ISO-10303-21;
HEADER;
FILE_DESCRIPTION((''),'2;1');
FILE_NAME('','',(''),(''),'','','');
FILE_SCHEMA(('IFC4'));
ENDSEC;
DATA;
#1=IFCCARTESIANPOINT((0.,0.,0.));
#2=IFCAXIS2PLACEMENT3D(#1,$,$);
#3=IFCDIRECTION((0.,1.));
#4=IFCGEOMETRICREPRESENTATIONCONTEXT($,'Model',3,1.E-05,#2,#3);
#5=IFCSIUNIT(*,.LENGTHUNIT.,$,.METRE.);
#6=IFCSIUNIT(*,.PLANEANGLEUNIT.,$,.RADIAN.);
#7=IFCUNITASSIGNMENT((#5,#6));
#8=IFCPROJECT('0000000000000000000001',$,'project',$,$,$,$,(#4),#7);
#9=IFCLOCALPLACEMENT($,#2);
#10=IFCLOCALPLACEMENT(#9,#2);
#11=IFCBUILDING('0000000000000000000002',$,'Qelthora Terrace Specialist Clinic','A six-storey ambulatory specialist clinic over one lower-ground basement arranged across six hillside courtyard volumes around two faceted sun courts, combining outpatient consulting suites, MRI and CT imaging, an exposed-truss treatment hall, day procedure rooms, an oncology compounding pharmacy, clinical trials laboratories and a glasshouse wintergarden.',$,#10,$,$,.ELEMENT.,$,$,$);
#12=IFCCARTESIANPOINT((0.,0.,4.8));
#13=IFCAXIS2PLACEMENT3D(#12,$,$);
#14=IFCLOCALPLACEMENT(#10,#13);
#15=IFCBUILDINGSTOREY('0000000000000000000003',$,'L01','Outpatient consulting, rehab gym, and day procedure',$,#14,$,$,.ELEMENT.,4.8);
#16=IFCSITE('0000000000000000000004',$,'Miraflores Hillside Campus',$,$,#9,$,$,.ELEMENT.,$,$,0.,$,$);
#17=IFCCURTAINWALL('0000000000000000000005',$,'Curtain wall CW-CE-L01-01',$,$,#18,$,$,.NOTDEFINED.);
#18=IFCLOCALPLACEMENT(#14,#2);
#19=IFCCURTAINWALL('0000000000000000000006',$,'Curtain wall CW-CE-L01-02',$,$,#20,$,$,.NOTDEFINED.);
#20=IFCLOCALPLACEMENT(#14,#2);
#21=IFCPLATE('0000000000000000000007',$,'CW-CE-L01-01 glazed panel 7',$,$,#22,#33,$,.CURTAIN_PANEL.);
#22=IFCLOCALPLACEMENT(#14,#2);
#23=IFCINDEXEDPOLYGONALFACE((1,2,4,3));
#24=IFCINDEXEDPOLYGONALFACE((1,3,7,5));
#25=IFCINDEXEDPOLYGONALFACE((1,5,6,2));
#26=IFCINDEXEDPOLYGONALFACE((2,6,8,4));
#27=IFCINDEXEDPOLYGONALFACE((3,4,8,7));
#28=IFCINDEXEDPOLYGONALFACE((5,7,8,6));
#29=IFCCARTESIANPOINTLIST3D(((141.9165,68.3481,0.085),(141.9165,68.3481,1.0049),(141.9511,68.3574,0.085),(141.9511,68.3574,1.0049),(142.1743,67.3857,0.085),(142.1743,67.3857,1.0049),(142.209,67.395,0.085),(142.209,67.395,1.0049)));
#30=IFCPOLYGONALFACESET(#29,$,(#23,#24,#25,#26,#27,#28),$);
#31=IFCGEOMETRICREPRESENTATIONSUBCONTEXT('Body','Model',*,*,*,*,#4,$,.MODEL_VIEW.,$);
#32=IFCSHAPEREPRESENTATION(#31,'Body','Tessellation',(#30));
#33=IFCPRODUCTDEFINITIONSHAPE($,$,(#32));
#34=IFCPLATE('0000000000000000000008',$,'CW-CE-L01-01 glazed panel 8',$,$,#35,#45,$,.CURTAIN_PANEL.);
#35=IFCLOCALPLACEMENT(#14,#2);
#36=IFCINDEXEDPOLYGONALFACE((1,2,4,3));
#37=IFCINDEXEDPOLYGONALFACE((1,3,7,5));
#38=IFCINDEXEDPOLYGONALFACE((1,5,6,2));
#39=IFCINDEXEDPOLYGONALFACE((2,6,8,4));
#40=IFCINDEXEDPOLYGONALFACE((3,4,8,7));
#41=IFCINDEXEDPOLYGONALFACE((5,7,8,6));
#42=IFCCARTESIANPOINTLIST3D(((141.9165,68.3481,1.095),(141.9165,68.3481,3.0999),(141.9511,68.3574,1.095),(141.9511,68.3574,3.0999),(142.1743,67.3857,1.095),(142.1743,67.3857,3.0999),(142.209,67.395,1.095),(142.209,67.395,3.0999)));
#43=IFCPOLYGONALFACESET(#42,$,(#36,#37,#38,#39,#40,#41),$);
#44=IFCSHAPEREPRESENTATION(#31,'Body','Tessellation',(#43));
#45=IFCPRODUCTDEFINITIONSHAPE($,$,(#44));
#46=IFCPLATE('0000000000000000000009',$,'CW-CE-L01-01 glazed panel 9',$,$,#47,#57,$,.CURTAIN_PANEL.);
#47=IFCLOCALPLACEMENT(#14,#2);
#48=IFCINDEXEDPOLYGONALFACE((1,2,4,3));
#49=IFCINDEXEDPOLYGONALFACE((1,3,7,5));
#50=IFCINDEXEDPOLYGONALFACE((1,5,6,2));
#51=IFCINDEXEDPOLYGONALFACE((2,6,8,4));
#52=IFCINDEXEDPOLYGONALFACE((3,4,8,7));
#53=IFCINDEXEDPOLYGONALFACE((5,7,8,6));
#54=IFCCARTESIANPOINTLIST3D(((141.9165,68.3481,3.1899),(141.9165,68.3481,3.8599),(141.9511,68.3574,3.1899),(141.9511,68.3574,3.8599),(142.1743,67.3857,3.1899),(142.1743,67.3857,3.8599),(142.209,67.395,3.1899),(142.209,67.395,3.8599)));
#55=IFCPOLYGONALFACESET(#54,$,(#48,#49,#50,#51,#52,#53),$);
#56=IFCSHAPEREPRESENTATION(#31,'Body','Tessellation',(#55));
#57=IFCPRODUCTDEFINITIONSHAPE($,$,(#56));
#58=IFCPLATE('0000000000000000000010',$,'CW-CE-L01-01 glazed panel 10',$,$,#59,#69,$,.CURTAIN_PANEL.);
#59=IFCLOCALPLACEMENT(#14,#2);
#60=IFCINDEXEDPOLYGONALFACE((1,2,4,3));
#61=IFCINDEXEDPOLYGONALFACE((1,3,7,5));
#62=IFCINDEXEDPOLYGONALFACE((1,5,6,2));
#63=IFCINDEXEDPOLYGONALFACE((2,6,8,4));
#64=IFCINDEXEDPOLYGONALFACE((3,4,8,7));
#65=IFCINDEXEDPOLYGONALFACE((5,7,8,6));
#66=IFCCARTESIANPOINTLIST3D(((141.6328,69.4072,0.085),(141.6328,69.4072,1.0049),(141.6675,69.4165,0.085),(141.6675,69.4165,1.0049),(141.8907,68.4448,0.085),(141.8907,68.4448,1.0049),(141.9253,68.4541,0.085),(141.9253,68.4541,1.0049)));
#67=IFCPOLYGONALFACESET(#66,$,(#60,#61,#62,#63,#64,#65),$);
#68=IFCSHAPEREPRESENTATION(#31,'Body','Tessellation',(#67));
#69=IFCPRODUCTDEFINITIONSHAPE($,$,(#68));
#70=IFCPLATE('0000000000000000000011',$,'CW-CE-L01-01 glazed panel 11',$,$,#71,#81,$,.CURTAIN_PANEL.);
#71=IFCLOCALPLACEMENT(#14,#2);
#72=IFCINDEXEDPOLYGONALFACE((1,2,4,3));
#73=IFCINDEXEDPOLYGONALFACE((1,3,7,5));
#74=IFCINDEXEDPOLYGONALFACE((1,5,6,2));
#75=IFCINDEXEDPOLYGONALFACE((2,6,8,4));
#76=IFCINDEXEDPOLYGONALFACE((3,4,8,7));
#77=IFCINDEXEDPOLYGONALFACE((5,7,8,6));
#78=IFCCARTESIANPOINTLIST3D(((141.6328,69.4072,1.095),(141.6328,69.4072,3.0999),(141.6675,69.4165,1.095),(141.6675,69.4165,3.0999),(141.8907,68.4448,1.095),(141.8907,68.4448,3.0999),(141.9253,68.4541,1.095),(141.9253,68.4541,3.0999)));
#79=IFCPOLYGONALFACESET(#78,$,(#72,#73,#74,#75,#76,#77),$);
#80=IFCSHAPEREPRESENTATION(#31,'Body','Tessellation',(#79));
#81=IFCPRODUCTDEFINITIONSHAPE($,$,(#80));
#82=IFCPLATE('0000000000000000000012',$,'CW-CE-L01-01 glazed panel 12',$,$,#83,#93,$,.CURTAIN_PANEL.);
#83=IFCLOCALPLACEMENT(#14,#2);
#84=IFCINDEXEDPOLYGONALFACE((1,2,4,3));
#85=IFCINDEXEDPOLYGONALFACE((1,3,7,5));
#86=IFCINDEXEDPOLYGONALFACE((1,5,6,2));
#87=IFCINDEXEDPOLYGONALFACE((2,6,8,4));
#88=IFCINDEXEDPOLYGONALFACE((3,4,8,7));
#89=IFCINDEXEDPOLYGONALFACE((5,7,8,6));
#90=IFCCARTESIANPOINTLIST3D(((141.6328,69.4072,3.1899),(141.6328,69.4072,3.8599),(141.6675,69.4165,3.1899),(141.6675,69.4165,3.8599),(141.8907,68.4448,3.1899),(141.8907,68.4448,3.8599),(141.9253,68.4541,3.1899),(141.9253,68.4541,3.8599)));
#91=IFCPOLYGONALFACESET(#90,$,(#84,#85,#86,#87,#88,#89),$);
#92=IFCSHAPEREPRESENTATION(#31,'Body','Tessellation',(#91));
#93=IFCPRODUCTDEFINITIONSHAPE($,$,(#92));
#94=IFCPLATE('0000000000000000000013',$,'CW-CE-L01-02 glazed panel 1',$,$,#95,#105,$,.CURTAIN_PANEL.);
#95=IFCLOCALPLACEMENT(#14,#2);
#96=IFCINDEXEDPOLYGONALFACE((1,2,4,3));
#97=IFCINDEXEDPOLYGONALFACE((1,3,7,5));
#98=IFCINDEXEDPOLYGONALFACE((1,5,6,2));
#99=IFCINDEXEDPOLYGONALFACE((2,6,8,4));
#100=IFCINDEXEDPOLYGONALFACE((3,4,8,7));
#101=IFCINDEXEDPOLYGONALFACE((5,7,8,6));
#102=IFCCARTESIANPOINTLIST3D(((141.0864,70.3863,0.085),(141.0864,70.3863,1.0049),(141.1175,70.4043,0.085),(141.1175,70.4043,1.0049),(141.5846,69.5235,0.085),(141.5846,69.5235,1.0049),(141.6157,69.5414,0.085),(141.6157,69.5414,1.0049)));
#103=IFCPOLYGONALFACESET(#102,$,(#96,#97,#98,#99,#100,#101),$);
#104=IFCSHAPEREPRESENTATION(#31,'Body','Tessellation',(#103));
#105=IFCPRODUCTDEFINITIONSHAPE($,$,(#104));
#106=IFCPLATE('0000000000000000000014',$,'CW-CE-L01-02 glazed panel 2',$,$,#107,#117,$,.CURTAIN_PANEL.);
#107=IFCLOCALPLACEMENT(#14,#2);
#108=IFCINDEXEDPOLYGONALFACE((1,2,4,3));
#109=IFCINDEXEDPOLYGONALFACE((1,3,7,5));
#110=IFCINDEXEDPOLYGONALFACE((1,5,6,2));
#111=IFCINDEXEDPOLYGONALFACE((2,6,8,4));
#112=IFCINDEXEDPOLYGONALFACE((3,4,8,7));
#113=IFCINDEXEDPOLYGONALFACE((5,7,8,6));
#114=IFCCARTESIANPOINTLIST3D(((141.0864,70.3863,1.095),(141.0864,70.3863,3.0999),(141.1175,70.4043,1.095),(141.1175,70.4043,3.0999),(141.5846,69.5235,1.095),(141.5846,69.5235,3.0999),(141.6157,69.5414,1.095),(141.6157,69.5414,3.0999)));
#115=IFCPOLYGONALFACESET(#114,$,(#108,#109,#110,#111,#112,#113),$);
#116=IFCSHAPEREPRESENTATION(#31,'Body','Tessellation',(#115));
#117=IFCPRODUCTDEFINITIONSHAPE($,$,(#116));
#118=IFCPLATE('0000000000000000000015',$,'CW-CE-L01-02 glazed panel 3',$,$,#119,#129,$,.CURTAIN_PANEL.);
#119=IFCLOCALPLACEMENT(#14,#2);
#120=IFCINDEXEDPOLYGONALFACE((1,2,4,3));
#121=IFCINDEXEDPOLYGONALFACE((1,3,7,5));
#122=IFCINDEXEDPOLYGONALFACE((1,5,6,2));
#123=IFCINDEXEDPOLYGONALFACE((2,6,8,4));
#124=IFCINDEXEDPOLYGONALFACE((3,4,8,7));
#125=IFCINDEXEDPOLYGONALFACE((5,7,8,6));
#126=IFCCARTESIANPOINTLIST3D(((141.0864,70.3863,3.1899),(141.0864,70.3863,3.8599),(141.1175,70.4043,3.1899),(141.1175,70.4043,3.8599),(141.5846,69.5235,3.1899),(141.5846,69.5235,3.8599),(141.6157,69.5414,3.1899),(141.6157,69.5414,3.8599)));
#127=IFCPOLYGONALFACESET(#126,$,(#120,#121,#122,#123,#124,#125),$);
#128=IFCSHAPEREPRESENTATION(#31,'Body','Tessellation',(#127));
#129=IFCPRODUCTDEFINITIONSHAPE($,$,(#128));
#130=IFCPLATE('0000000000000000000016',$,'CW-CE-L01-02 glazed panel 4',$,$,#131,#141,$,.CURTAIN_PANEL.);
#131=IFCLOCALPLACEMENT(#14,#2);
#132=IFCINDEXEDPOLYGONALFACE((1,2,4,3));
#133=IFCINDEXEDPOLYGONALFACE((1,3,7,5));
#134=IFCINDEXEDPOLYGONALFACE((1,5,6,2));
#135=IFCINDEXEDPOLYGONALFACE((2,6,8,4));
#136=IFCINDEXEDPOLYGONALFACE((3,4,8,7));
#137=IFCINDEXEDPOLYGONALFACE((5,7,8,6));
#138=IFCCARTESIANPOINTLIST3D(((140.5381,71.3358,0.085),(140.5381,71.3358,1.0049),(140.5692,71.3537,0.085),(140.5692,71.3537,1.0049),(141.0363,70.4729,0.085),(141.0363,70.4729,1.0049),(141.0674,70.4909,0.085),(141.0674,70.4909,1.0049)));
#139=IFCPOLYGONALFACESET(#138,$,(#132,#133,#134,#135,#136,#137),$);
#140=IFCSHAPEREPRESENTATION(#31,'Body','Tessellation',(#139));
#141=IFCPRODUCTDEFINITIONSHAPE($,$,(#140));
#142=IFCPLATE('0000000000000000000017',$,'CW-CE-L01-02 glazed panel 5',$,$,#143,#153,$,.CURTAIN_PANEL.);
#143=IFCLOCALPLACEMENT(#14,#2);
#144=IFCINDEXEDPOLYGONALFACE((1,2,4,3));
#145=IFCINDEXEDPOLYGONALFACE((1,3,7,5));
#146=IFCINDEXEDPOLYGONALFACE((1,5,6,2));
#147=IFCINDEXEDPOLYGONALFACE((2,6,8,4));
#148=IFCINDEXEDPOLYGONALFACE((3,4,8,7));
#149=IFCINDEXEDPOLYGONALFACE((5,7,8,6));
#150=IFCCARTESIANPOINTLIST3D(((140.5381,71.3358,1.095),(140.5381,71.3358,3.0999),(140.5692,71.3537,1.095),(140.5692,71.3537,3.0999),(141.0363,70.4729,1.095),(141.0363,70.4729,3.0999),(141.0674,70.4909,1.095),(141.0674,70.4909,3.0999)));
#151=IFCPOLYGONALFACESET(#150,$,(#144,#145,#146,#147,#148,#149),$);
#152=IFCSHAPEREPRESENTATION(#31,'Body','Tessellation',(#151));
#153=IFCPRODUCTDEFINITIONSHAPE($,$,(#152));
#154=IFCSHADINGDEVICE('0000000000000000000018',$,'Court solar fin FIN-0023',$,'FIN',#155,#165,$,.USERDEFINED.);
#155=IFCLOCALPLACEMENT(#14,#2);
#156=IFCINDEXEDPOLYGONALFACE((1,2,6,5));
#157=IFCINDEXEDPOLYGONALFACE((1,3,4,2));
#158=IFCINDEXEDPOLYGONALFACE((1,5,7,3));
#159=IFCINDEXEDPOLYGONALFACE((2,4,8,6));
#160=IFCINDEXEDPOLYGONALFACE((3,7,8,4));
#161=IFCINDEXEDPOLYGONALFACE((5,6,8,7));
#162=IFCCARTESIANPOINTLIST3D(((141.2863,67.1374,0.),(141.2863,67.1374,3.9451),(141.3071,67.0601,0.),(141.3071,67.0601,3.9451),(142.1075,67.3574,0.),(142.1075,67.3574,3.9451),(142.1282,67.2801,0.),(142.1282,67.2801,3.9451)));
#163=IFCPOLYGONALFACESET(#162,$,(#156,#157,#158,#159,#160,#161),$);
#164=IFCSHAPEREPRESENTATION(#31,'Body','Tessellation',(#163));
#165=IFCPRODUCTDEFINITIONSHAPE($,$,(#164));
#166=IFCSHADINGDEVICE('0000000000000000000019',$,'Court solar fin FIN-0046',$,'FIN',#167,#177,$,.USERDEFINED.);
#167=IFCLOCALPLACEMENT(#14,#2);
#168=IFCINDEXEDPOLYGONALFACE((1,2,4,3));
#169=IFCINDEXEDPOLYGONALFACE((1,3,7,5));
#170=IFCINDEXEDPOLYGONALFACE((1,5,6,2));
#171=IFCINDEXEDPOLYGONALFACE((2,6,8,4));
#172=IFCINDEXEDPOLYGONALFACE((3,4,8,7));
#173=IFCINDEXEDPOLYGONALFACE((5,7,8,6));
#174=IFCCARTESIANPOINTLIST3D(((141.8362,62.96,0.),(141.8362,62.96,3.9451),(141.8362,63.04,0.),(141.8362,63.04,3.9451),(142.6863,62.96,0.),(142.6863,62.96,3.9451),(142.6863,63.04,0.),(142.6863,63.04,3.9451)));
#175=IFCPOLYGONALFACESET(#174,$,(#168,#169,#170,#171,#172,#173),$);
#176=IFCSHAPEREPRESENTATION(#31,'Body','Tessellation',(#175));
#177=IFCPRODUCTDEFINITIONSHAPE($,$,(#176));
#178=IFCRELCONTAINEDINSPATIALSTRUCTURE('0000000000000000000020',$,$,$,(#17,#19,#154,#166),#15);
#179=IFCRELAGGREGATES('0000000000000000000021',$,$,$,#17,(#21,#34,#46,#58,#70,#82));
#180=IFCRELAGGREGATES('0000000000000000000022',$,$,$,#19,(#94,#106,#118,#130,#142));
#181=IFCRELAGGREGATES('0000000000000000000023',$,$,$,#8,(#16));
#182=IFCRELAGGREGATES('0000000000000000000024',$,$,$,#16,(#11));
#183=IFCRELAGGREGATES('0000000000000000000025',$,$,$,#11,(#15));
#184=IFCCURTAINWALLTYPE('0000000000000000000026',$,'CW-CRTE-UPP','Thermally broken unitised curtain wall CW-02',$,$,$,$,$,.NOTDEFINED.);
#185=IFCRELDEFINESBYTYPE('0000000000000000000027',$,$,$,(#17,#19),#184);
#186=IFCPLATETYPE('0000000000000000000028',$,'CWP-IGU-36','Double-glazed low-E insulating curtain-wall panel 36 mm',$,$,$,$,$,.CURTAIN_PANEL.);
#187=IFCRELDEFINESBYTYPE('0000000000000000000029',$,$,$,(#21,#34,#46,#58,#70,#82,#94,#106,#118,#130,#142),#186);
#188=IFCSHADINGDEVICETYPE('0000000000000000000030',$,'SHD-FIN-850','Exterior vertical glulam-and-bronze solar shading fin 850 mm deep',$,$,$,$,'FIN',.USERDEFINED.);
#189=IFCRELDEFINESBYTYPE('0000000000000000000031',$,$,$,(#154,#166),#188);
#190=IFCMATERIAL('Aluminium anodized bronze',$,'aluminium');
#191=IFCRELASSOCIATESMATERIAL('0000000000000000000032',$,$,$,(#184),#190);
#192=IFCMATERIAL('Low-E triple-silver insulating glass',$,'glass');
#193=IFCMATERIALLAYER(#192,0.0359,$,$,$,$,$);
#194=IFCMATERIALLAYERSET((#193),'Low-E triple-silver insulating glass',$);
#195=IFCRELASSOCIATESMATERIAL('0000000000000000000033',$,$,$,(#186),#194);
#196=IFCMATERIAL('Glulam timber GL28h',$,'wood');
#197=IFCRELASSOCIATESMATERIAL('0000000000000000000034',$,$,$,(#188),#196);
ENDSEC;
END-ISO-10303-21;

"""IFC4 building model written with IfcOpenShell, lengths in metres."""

from ifc_helpers import new_model, si_unit, direction, frame, origin, origin_2d, place, context, subcontext, project, spatial, rectangle, extrude, material, layer, layer_set, type_object, element, aggregate, save


model = new_model("IFC4")

# Units and contexts
model_context = context("Model", 3, precision=1e-05, world=origin(), true_north=direction((0.0, 1.0)))
body_context = subcontext(model_context, "Body", "Model", "MODEL_VIEW")
ifc_project = project(units=[si_unit("LENGTHUNIT", "METRE"), si_unit("PLANEANGLEUNIT", "RADIAN")], contexts=[model_context])

# Site, building, storey
site_placement = place(None, origin())
site = spatial("IfcSite", under=ifc_project, at=site_placement, Name="Miraflores Hillside Campus", CompositionType="ELEMENT", RefElevation=0.0)
building_placement = place(site_placement, origin())
building = spatial("IfcBuilding", under=site, at=building_placement, Name="Qelthora Terrace Specialist Clinic", Description="A six-storey ambulatory specialist clinic over one lower-ground basement arranged across six hillside courtyard volumes around two faceted sun courts, combining outpatient consulting suites, MRI and CT imaging, an exposed-truss treatment hall, day procedure rooms, an oncology compounding pharmacy, clinical trials laboratories and a glasshouse wintergarden.", CompositionType="ELEMENT")
storey_placement = place(building_placement, frame((0.0, 0.0, 4.8)))
storey = spatial("IfcBuildingStorey", under=building, at=storey_placement, Name="L01", Description="Outpatient consulting, rehab gym, and day procedure", CompositionType="ELEMENT", Elevation=4.8)

# Curtain walls
ifc_material_1 = material(Name="Aluminium anodized bronze", Category="aluminium")
curtain_wall_type = type_object("IfcCurtainWallType", Name="CW-CRTE-UPP", Description="Thermally broken unitised curtain wall CW-02", PredefinedType="NOTDEFINED", material=ifc_material_1)
curtain_wall_1_placement = place(storey_placement, origin())
curtain_wall_1 = element("IfcCurtainWall", 1, at=curtain_wall_1_placement, inside=storey, type_object=curtain_wall_type, Name="Curtain wall CW-CE-L01-01", PredefinedType="NOTDEFINED")
curtain_wall_2_placement = place(storey_placement, origin())
curtain_wall_2 = element("IfcCurtainWall", 2, at=curtain_wall_2_placement, inside=storey, type_object=curtain_wall_type, Name="Curtain wall CW-CE-L01-02", PredefinedType="NOTDEFINED")

# Plates
ifc_material_2 = material(Name="Low-E triple-silver insulating glass", Category="glass")
ifc_layer = layer(ifc_material_2, 0.0359)
ifc_layer_set = layer_set([ifc_layer], Name="Low-E triple-silver insulating glass")
plate_type = type_object("IfcPlateType", Name="CWP-IGU-36", Description="Double-glazed low-E insulating curtain-wall panel 36 mm", PredefinedType="CURTAIN_PANEL", material=ifc_layer_set)
plate_1_placement = place(storey_placement, frame((142.0627, 67.8716, 0.085), z_axis=(0.0, 0.0, 1.0), x_axis=(-0.258819, 0.965926, 0.0)))
plate_1 = element("IfcPlate", 3, at=plate_1_placement, type_object=plate_type, Name="CW-CE-L01-01 glazed panel 7", PredefinedType="CURTAIN_PANEL", context=body_context, shape_type="SweptSolid", body=[
    extrude(rectangle(XDim=0.9963, YDim=0.0359, at=origin_2d()), origin(), (0.0, 0.0, 1.0), 0.9199),
])
plate_2_placement = place(storey_placement, frame((142.0627, 67.8716, 1.095), z_axis=(0.0, 0.0, 1.0), x_axis=(-0.258819, 0.965926, 0.0)))
plate_2 = element("IfcPlate", 4, at=plate_2_placement, type_object=plate_type, Name="CW-CE-L01-01 glazed panel 8", PredefinedType="CURTAIN_PANEL", context=body_context, shape_type="SweptSolid", body=[
    extrude(rectangle(XDim=0.9963, YDim=0.0359, at=origin_2d()), origin(), (0.0, 0.0, 1.0), 2.0049),
])
plate_3_placement = place(storey_placement, frame((142.0627, 67.8716, 3.1899), z_axis=(0.0, 0.0, 1.0), x_axis=(-0.258819, 0.965926, 0.0)))
plate_3 = element("IfcPlate", 5, at=plate_3_placement, type_object=plate_type, Name="CW-CE-L01-01 glazed panel 9", PredefinedType="CURTAIN_PANEL", context=body_context, shape_type="SweptSolid", body=[
    extrude(rectangle(XDim=0.9963, YDim=0.0359, at=origin_2d()), origin(), (0.0, 0.0, 1.0), 0.6699),
])
plate_4_placement = place(storey_placement, frame((141.7791, 68.9307, 0.085), z_axis=(0.0, 0.0, 1.0), x_axis=(-0.258819, 0.965926, 0.0)))
plate_4 = element("IfcPlate", 6, at=plate_4_placement, type_object=plate_type, Name="CW-CE-L01-01 glazed panel 10", PredefinedType="CURTAIN_PANEL", context=body_context, shape_type="SweptSolid", body=[
    extrude(rectangle(XDim=0.9963, YDim=0.0359, at=origin_2d()), origin(), (0.0, 0.0, 1.0), 0.9199),
])
plate_5_placement = place(storey_placement, frame((141.7791, 68.9307, 1.095), z_axis=(0.0, 0.0, 1.0), x_axis=(-0.258819, 0.965926, 0.0)))
plate_5 = element("IfcPlate", 7, at=plate_5_placement, type_object=plate_type, Name="CW-CE-L01-01 glazed panel 11", PredefinedType="CURTAIN_PANEL", context=body_context, shape_type="SweptSolid", body=[
    extrude(rectangle(XDim=0.9963, YDim=0.0359, at=origin_2d()), origin(), (0.0, 0.0, 1.0), 2.0049),
])
plate_6_placement = place(storey_placement, frame((141.7791, 68.9307, 3.1899), z_axis=(0.0, 0.0, 1.0), x_axis=(-0.258819, 0.965926, 0.0)))
plate_6 = element("IfcPlate", 8, at=plate_6_placement, type_object=plate_type, Name="CW-CE-L01-01 glazed panel 12", PredefinedType="CURTAIN_PANEL", context=body_context, shape_type="SweptSolid", body=[
    extrude(rectangle(XDim=0.9963, YDim=0.0359, at=origin_2d()), origin(), (0.0, 0.0, 1.0), 0.6699),
])
aggregate(curtain_wall_1, [plate_1, plate_2, plate_3, plate_4, plate_5, plate_6])
plate_7_placement = place(storey_placement, frame((141.3511, 69.9639, 0.085), z_axis=(0.0, 0.0, 1.0), x_axis=(-0.5, 0.866025, 0.0)))
plate_7 = element("IfcPlate", 9, at=plate_7_placement, type_object=plate_type, Name="CW-CE-L01-02 glazed panel 1", PredefinedType="CURTAIN_PANEL", context=body_context, shape_type="SweptSolid", body=[
    extrude(rectangle(XDim=0.9963, YDim=0.0359, at=origin_2d()), origin(), (0.0, 0.0, 1.0), 0.9199),
])
plate_8_placement = place(storey_placement, frame((141.3511, 69.9639, 1.095), z_axis=(0.0, 0.0, 1.0), x_axis=(-0.5, 0.866025, 0.0)))
plate_8 = element("IfcPlate", 10, at=plate_8_placement, type_object=plate_type, Name="CW-CE-L01-02 glazed panel 2", PredefinedType="CURTAIN_PANEL", context=body_context, shape_type="SweptSolid", body=[
    extrude(rectangle(XDim=0.9963, YDim=0.0359, at=origin_2d()), origin(), (0.0, 0.0, 1.0), 2.0049),
])
plate_9_placement = place(storey_placement, frame((141.3511, 69.9639, 3.1899), z_axis=(0.0, 0.0, 1.0), x_axis=(-0.5, 0.866025, 0.0)))
plate_9 = element("IfcPlate", 11, at=plate_9_placement, type_object=plate_type, Name="CW-CE-L01-02 glazed panel 3", PredefinedType="CURTAIN_PANEL", context=body_context, shape_type="SweptSolid", body=[
    extrude(rectangle(XDim=0.9963, YDim=0.0359, at=origin_2d()), origin(), (0.0, 0.0, 1.0), 0.6699),
])
plate_10_placement = place(storey_placement, frame((140.8027, 70.9133, 0.085), z_axis=(0.0, 0.0, 1.0), x_axis=(-0.5, 0.866025, 0.0)))
plate_10 = element("IfcPlate", 12, at=plate_10_placement, type_object=plate_type, Name="CW-CE-L01-02 glazed panel 4", PredefinedType="CURTAIN_PANEL", context=body_context, shape_type="SweptSolid", body=[
    extrude(rectangle(XDim=0.9963, YDim=0.0359, at=origin_2d()), origin(), (0.0, 0.0, 1.0), 0.9199),
])
plate_11_placement = place(storey_placement, frame((140.8027, 70.9133, 1.095), z_axis=(0.0, 0.0, 1.0), x_axis=(-0.5, 0.866025, 0.0)))
plate_11 = element("IfcPlate", 13, at=plate_11_placement, type_object=plate_type, Name="CW-CE-L01-02 glazed panel 5", PredefinedType="CURTAIN_PANEL", context=body_context, shape_type="SweptSolid", body=[
    extrude(rectangle(XDim=0.9963, YDim=0.0359, at=origin_2d()), origin(), (0.0, 0.0, 1.0), 2.0049),
])
aggregate(curtain_wall_2, [plate_7, plate_8, plate_9, plate_10, plate_11])

# Shading devices
ifc_material_3 = material(Name="Glulam timber GL28h", Category="wood")
shading_device_type = type_object("IfcShadingDeviceType", Name="SHD-FIN-850", Description="Exterior vertical glulam-and-bronze solar shading fin 850 mm deep", ElementType="FIN", PredefinedType="USERDEFINED", material=ifc_material_3)
for number, where, z_axis, x_axis, name in (
    (14, (141.7073, 67.2087, 0.0), (0.0, 0.0, 1.0), (-0.965926, -0.258819, 0.0), "Court solar fin FIN-0023"),
    (15, (142.2612, 63.0, 0.0), (0.0, 0.0, 1.0), (-1.0, 0.0, 0.0), "Court solar fin FIN-0046"),
):
    element("IfcShadingDevice", number, at=place(storey_placement, frame(where, z_axis=z_axis, x_axis=x_axis)), inside=storey, type_object=shading_device_type, Name=name, ObjectType="FIN", PredefinedType="USERDEFINED", context=body_context, shape_type="SweptSolid", body=[
        extrude(rectangle(XDim=0.8501, YDim=0.0801, at=origin_2d()), origin(), (0.0, 0.0, 1.0), 3.9451),
    ])

save(model, "model.ifc")
